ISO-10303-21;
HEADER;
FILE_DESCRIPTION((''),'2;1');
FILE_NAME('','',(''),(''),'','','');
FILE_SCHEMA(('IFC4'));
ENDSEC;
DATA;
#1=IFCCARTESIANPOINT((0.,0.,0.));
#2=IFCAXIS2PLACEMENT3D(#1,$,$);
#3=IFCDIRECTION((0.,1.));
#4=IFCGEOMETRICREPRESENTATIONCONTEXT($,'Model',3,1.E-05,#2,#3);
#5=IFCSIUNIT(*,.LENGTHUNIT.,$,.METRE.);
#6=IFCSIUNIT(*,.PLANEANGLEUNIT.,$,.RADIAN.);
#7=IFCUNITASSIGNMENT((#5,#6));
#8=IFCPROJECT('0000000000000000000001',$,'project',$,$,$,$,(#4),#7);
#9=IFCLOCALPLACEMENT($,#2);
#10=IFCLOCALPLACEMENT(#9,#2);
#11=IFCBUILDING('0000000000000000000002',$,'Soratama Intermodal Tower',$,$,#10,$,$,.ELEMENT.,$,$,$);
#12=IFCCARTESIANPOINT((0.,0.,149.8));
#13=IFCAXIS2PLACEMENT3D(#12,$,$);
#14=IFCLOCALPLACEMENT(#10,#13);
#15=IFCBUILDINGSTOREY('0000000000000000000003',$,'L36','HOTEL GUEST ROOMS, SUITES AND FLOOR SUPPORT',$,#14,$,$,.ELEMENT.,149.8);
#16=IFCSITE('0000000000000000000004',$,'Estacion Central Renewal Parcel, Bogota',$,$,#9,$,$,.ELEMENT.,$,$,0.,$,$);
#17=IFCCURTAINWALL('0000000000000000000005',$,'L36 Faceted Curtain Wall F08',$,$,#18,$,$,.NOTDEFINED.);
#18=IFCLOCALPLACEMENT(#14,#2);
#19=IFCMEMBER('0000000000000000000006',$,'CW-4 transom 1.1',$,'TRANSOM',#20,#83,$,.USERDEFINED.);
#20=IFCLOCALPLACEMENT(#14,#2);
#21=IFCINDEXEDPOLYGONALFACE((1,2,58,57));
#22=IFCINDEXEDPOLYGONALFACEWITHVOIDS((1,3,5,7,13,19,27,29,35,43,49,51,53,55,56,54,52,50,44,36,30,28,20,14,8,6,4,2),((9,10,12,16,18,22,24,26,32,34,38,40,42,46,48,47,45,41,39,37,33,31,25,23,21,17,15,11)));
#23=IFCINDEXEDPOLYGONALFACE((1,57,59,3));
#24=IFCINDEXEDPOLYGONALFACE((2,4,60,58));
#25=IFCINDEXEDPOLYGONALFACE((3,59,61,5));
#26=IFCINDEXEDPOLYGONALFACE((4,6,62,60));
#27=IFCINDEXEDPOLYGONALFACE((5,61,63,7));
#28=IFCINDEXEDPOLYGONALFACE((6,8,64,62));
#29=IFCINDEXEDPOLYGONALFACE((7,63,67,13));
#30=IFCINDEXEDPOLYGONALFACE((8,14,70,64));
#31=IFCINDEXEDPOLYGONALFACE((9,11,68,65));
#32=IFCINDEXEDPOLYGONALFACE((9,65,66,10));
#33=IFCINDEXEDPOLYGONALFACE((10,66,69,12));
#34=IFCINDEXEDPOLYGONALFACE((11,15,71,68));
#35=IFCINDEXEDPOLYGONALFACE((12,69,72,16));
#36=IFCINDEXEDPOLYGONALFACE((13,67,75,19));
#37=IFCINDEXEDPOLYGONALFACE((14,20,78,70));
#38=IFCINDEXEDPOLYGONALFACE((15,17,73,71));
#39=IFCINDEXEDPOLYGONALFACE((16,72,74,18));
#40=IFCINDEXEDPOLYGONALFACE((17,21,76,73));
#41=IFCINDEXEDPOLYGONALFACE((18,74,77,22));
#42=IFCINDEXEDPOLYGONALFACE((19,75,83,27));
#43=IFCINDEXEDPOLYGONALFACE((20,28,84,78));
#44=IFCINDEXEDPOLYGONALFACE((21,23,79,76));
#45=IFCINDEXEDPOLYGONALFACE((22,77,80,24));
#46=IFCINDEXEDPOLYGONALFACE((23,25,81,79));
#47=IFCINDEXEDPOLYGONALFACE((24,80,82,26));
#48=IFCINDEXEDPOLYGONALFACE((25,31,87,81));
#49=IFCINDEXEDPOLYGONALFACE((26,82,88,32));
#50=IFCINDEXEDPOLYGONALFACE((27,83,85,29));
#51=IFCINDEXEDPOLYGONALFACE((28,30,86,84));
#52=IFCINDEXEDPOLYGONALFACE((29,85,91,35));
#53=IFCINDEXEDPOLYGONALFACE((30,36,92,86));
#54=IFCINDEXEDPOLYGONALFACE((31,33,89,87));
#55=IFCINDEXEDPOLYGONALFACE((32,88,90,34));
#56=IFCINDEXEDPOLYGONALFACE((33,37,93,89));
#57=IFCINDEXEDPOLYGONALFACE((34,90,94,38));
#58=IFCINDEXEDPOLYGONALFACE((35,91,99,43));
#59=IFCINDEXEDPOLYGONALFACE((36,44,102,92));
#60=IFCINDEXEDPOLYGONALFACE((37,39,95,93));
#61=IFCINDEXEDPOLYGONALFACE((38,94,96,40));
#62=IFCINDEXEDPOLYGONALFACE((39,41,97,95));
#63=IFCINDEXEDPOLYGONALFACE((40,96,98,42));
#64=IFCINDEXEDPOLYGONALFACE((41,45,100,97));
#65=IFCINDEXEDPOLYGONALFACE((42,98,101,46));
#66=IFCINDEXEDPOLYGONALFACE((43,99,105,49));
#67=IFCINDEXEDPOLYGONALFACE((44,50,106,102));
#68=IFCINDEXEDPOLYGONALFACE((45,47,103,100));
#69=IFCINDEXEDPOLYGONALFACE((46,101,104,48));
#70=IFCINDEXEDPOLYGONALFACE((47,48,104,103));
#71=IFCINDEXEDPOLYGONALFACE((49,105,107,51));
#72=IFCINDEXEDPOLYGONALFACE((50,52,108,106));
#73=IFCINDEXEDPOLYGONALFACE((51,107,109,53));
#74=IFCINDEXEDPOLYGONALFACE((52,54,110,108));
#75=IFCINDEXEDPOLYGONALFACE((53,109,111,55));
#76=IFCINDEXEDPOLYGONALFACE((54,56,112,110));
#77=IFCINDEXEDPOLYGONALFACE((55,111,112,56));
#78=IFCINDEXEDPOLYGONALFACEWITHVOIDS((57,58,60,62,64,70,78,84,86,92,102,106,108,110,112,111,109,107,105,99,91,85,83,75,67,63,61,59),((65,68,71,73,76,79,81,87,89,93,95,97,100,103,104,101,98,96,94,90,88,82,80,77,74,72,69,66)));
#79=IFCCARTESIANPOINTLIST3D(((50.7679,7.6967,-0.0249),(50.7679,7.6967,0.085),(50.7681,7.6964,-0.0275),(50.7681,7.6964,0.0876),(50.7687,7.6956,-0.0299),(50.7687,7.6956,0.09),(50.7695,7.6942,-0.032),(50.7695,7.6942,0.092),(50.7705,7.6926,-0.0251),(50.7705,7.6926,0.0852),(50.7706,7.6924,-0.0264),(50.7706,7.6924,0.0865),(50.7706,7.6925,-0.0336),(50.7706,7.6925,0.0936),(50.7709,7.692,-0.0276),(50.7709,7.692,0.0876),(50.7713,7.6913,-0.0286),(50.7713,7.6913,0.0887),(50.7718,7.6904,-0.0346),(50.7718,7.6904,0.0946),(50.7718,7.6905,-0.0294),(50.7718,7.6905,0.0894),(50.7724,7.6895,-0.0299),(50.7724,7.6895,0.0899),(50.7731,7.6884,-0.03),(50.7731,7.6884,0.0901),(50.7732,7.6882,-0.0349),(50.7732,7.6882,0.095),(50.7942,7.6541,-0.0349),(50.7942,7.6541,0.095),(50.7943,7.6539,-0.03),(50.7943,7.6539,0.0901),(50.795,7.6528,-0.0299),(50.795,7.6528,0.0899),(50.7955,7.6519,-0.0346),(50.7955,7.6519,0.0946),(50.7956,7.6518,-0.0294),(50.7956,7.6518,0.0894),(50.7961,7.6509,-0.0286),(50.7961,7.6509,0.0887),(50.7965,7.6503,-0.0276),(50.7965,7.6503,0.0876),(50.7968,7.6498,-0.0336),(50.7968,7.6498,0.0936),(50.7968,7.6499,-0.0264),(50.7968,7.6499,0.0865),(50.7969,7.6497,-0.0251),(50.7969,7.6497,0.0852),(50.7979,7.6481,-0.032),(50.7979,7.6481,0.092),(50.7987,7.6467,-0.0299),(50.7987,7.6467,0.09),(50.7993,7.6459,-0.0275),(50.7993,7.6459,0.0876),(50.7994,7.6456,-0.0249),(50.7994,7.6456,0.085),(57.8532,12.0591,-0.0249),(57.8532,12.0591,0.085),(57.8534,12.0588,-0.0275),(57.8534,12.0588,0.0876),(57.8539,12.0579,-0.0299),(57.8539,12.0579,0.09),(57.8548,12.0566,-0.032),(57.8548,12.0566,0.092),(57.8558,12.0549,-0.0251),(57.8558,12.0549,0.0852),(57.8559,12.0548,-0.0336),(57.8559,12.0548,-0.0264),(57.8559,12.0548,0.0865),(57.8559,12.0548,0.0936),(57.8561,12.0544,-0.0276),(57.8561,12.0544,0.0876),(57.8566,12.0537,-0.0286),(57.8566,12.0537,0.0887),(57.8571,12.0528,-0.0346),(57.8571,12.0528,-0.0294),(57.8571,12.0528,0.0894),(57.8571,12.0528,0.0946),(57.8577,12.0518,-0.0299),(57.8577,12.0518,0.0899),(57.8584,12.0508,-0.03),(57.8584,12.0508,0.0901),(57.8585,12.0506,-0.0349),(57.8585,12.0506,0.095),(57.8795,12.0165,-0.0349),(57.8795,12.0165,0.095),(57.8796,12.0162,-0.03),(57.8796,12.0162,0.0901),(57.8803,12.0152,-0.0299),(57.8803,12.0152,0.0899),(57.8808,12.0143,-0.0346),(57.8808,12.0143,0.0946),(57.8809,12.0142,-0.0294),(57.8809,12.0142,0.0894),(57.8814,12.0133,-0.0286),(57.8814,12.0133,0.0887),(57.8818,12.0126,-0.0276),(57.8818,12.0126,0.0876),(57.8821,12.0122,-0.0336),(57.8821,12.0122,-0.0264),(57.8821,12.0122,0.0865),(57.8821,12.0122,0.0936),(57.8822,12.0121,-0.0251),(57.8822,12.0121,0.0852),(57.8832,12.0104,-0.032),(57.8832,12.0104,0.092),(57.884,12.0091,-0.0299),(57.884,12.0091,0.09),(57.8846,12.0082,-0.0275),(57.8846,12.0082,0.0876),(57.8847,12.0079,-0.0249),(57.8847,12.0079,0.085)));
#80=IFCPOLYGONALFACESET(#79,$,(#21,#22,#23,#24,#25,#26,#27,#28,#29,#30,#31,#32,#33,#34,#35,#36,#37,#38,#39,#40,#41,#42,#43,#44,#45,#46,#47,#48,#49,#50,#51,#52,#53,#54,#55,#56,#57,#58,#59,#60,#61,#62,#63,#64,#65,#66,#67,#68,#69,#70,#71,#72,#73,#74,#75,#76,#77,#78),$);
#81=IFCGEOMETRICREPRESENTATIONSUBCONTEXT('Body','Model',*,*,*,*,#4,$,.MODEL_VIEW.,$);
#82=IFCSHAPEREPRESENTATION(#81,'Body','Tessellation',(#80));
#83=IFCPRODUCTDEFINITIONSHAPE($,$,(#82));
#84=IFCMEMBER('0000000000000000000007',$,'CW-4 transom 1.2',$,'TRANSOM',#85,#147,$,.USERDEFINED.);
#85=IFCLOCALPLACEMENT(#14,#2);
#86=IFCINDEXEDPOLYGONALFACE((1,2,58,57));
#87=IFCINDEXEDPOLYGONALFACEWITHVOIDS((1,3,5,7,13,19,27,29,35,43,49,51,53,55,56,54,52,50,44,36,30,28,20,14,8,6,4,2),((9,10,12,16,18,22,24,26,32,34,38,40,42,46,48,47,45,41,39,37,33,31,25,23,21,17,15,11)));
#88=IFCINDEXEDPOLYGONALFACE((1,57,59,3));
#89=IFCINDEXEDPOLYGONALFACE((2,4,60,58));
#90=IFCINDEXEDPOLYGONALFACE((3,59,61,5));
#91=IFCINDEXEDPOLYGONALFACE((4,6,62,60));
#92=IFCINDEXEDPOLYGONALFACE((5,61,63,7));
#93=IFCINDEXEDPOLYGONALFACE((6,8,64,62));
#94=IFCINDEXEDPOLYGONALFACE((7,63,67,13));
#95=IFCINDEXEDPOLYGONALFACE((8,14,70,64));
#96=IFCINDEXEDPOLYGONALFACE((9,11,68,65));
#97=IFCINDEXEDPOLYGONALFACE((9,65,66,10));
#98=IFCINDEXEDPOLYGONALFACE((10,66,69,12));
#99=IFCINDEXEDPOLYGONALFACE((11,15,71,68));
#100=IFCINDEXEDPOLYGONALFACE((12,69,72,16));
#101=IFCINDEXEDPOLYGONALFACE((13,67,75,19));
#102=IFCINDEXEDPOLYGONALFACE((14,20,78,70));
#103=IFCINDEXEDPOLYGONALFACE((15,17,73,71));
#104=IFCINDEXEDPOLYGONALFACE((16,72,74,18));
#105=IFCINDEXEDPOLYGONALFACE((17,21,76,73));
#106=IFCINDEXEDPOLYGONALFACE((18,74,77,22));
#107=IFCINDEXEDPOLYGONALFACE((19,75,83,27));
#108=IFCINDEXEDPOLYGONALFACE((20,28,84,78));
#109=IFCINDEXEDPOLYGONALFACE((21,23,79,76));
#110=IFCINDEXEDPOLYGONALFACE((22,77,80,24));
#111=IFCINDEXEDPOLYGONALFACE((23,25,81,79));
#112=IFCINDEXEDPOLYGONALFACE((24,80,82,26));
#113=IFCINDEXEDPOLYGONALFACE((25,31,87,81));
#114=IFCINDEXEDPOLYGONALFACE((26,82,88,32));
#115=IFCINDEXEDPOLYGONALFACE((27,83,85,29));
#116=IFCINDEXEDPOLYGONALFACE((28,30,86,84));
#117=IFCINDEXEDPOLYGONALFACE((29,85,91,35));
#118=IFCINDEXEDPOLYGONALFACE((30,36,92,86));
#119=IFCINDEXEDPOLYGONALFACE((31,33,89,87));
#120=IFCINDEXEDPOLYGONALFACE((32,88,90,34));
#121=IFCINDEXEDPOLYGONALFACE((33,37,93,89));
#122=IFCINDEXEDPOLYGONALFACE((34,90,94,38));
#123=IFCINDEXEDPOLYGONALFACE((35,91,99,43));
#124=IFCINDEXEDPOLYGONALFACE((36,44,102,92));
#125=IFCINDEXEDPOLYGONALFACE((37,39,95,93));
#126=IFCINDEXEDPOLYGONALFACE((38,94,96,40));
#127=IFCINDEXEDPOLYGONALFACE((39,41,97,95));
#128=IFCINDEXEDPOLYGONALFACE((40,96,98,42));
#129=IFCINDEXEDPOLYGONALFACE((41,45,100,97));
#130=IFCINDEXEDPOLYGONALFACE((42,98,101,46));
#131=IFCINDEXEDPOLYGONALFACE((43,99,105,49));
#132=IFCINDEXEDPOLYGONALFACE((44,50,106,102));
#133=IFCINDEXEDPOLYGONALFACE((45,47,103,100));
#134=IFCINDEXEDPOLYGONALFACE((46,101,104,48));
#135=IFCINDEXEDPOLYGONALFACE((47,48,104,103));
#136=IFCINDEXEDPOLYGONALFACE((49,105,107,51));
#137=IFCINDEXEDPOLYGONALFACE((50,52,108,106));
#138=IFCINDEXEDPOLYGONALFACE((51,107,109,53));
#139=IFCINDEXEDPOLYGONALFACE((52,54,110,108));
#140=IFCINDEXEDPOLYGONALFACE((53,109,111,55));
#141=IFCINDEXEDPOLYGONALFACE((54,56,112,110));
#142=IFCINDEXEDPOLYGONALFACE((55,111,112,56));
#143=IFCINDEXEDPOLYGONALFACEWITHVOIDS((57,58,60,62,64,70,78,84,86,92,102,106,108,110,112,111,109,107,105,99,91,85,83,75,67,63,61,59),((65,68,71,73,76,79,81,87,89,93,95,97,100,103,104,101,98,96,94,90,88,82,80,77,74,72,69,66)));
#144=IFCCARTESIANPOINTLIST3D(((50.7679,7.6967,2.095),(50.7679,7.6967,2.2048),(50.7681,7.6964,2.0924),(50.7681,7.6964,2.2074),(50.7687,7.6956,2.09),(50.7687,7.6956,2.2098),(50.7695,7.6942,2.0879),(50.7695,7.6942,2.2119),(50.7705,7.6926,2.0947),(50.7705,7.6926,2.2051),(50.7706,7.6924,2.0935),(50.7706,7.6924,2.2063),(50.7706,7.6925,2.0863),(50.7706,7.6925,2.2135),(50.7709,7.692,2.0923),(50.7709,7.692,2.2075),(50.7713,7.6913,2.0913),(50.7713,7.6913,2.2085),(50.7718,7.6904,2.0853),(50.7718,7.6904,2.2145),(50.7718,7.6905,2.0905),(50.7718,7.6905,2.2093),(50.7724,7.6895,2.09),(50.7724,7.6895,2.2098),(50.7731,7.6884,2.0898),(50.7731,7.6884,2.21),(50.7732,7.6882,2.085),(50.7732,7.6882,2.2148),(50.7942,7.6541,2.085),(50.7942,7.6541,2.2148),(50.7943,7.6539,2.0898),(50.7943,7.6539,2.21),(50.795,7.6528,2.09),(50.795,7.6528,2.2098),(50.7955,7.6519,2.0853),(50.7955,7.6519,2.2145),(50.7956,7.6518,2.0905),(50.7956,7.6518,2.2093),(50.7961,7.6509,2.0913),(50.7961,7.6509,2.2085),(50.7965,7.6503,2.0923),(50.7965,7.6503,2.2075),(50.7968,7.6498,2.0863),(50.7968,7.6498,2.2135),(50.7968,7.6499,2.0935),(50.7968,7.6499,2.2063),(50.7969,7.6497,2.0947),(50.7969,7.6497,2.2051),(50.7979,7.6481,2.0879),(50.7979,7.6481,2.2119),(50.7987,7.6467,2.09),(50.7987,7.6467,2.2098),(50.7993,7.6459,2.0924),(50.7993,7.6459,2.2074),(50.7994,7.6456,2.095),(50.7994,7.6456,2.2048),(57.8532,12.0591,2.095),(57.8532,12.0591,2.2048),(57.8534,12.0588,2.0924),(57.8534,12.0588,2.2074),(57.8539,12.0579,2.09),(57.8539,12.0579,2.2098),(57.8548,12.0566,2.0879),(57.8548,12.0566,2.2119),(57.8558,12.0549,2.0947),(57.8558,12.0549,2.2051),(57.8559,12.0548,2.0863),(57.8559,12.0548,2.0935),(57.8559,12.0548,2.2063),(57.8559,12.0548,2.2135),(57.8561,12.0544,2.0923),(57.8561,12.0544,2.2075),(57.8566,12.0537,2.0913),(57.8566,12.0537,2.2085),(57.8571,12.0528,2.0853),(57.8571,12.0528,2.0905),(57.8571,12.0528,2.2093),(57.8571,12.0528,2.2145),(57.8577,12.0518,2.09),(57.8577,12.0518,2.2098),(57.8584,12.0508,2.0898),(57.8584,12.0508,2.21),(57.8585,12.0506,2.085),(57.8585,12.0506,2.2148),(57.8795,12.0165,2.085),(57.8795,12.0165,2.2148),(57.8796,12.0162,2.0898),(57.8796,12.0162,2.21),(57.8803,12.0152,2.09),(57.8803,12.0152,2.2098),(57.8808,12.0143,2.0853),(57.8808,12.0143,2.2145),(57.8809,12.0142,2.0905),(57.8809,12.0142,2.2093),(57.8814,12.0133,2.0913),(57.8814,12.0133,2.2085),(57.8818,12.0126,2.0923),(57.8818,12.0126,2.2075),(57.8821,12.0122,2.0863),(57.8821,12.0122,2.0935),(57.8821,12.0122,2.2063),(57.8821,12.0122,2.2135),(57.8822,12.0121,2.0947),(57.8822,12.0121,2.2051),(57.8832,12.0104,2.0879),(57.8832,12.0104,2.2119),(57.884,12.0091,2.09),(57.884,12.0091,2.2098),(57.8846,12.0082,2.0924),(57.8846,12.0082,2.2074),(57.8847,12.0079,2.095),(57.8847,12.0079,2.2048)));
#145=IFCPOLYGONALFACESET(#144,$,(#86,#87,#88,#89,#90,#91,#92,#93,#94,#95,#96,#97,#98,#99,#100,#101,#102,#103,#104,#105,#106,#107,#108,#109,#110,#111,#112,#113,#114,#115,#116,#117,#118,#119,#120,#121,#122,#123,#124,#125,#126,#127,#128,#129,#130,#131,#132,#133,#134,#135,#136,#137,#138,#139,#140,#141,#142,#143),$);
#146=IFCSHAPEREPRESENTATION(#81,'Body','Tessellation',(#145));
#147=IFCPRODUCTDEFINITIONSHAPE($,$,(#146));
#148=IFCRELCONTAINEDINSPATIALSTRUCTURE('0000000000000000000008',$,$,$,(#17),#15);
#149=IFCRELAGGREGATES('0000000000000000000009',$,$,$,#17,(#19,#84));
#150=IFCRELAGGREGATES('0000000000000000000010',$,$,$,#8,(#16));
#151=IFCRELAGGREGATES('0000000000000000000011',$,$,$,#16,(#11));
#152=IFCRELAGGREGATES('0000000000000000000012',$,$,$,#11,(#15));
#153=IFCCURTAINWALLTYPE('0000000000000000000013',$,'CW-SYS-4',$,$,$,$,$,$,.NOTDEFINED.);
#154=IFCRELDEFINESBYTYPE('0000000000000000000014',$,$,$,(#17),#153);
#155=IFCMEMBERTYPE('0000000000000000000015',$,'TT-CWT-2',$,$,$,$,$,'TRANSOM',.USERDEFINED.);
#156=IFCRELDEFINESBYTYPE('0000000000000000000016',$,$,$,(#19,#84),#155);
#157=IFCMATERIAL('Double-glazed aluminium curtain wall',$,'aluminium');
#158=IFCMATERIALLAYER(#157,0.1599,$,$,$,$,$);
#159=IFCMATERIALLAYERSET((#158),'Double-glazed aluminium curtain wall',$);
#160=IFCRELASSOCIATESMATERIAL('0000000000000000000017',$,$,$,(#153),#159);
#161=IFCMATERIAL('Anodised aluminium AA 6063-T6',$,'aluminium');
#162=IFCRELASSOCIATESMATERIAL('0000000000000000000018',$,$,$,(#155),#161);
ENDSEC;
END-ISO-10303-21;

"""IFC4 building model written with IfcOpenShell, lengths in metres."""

from ifc_helpers import new_model, si_unit, direction, frame, origin, origin_2d, place, context, subcontext, project, spatial, hollow_rectangle, extrude, material, layer, layer_set, material_profile, profile_set, type_object, element, aggregate, save


model = new_model("IFC4")

# Units and contexts
model_context = context("Model", 3, precision=1e-05, world=origin(), true_north=direction((0.0, 1.0)))
body_context = subcontext(model_context, "Body", "Model", "MODEL_VIEW")
ifc_project = project(units=[si_unit("LENGTHUNIT", "METRE"), si_unit("PLANEANGLEUNIT", "RADIAN")], contexts=[model_context])

# Site, building, storey
site_placement = place(None, origin())
site = spatial("IfcSite", under=ifc_project, at=site_placement, Name="Estacion Central Renewal Parcel, Bogota", CompositionType="ELEMENT", RefElevation=0.0)
building_placement = place(site_placement, origin())
building = spatial("IfcBuilding", under=site, at=building_placement, Name="Soratama Intermodal Tower", CompositionType="ELEMENT")
storey_placement = place(building_placement, frame((0.0, 0.0, 149.8)))
storey = spatial("IfcBuildingStorey", under=building, at=storey_placement, Name="L36", Description="HOTEL GUEST ROOMS, SUITES AND FLOOR SUPPORT", CompositionType="ELEMENT", Elevation=149.8)

# Curtain wall, members
ifc_material_1 = material(Name="Double-glazed aluminium curtain wall", Category="aluminium")
ifc_layer_1 = layer(ifc_material_1, 0.1599)
ifc_layer_set_1 = layer_set([ifc_layer_1], Name="Double-glazed aluminium curtain wall")
curtain_wall_type = type_object("IfcCurtainWallType", Name="CW-SYS-4", PredefinedType="NOTDEFINED", material=ifc_layer_set_1)
curtain_wall_placement = place(storey_placement, origin())
curtain_wall = element("IfcCurtainWall", 1, at=curtain_wall_placement, inside=storey, type_object=curtain_wall_type, Name="L36 Faceted Curtain Wall F08", PredefinedType="NOTDEFINED")
ifc_material_2 = material(Name="Anodised aluminium AA 6063-T6", Category="aluminium")
ifc_material_profile_1 = material_profile(ifc_material_2, hollow_rectangle(XDim=0.0601, YDim=0.1299, WallThickness=0.0049, InnerFilletRadius=0.0049, OuterFilletRadius=0.01, at=origin_2d()), Name="CWT130X60X5")
ifc_profile_set_1 = profile_set([ifc_material_profile_1], Name="Anodised aluminium AA 6063-T6")
member_type_1 = type_object("IfcMemberType", Name="TT-CWT-2", ElementType="TRANSOM", PredefinedType="USERDEFINED", material=ifc_profile_set_1)
member_1_placement = place(storey_placement, frame((50.7837, 7.6711, 0.03), z_axis=(0.851541, 0.524287, 0.0), x_axis=(-0.524287, 0.851541, 0.0)))
member_1 = element("IfcMember", 2, at=member_1_placement, type_object=member_type_1, Name="CW-4 transom 1.1", ObjectType="TRANSOM", PredefinedType="USERDEFINED", context=body_context, shape_type="SweptSolid", body=[
    extrude(hollow_rectangle(XDim=0.0601, YDim=0.1299, WallThickness=0.0049, InnerFilletRadius=0.0049, OuterFilletRadius=0.01, at=origin_2d()), origin(), (0.0, 0.0, 1.0), 8.3206),
])
member_2_placement = place(storey_placement, frame((50.7837, 7.6711, 2.1499), z_axis=(0.851541, 0.524287, 0.0), x_axis=(-0.524287, 0.851541, 0.0)))
member_2 = element("IfcMember", 3, at=member_2_placement, type_object=member_type_1, Name="CW-4 transom 1.2", ObjectType="TRANSOM", PredefinedType="USERDEFINED", context=body_context, shape_type="SweptSolid", body=[
    extrude(hollow_rectangle(XDim=0.0601, YDim=0.1299, WallThickness=0.0049, InnerFilletRadius=0.0049, OuterFilletRadius=0.01, at=origin_2d()), origin(), (0.0, 0.0, 1.0), 8.3206),
])
aggregate(curtain_wall, [member_1, member_2])

save(model, "model.ifc")
